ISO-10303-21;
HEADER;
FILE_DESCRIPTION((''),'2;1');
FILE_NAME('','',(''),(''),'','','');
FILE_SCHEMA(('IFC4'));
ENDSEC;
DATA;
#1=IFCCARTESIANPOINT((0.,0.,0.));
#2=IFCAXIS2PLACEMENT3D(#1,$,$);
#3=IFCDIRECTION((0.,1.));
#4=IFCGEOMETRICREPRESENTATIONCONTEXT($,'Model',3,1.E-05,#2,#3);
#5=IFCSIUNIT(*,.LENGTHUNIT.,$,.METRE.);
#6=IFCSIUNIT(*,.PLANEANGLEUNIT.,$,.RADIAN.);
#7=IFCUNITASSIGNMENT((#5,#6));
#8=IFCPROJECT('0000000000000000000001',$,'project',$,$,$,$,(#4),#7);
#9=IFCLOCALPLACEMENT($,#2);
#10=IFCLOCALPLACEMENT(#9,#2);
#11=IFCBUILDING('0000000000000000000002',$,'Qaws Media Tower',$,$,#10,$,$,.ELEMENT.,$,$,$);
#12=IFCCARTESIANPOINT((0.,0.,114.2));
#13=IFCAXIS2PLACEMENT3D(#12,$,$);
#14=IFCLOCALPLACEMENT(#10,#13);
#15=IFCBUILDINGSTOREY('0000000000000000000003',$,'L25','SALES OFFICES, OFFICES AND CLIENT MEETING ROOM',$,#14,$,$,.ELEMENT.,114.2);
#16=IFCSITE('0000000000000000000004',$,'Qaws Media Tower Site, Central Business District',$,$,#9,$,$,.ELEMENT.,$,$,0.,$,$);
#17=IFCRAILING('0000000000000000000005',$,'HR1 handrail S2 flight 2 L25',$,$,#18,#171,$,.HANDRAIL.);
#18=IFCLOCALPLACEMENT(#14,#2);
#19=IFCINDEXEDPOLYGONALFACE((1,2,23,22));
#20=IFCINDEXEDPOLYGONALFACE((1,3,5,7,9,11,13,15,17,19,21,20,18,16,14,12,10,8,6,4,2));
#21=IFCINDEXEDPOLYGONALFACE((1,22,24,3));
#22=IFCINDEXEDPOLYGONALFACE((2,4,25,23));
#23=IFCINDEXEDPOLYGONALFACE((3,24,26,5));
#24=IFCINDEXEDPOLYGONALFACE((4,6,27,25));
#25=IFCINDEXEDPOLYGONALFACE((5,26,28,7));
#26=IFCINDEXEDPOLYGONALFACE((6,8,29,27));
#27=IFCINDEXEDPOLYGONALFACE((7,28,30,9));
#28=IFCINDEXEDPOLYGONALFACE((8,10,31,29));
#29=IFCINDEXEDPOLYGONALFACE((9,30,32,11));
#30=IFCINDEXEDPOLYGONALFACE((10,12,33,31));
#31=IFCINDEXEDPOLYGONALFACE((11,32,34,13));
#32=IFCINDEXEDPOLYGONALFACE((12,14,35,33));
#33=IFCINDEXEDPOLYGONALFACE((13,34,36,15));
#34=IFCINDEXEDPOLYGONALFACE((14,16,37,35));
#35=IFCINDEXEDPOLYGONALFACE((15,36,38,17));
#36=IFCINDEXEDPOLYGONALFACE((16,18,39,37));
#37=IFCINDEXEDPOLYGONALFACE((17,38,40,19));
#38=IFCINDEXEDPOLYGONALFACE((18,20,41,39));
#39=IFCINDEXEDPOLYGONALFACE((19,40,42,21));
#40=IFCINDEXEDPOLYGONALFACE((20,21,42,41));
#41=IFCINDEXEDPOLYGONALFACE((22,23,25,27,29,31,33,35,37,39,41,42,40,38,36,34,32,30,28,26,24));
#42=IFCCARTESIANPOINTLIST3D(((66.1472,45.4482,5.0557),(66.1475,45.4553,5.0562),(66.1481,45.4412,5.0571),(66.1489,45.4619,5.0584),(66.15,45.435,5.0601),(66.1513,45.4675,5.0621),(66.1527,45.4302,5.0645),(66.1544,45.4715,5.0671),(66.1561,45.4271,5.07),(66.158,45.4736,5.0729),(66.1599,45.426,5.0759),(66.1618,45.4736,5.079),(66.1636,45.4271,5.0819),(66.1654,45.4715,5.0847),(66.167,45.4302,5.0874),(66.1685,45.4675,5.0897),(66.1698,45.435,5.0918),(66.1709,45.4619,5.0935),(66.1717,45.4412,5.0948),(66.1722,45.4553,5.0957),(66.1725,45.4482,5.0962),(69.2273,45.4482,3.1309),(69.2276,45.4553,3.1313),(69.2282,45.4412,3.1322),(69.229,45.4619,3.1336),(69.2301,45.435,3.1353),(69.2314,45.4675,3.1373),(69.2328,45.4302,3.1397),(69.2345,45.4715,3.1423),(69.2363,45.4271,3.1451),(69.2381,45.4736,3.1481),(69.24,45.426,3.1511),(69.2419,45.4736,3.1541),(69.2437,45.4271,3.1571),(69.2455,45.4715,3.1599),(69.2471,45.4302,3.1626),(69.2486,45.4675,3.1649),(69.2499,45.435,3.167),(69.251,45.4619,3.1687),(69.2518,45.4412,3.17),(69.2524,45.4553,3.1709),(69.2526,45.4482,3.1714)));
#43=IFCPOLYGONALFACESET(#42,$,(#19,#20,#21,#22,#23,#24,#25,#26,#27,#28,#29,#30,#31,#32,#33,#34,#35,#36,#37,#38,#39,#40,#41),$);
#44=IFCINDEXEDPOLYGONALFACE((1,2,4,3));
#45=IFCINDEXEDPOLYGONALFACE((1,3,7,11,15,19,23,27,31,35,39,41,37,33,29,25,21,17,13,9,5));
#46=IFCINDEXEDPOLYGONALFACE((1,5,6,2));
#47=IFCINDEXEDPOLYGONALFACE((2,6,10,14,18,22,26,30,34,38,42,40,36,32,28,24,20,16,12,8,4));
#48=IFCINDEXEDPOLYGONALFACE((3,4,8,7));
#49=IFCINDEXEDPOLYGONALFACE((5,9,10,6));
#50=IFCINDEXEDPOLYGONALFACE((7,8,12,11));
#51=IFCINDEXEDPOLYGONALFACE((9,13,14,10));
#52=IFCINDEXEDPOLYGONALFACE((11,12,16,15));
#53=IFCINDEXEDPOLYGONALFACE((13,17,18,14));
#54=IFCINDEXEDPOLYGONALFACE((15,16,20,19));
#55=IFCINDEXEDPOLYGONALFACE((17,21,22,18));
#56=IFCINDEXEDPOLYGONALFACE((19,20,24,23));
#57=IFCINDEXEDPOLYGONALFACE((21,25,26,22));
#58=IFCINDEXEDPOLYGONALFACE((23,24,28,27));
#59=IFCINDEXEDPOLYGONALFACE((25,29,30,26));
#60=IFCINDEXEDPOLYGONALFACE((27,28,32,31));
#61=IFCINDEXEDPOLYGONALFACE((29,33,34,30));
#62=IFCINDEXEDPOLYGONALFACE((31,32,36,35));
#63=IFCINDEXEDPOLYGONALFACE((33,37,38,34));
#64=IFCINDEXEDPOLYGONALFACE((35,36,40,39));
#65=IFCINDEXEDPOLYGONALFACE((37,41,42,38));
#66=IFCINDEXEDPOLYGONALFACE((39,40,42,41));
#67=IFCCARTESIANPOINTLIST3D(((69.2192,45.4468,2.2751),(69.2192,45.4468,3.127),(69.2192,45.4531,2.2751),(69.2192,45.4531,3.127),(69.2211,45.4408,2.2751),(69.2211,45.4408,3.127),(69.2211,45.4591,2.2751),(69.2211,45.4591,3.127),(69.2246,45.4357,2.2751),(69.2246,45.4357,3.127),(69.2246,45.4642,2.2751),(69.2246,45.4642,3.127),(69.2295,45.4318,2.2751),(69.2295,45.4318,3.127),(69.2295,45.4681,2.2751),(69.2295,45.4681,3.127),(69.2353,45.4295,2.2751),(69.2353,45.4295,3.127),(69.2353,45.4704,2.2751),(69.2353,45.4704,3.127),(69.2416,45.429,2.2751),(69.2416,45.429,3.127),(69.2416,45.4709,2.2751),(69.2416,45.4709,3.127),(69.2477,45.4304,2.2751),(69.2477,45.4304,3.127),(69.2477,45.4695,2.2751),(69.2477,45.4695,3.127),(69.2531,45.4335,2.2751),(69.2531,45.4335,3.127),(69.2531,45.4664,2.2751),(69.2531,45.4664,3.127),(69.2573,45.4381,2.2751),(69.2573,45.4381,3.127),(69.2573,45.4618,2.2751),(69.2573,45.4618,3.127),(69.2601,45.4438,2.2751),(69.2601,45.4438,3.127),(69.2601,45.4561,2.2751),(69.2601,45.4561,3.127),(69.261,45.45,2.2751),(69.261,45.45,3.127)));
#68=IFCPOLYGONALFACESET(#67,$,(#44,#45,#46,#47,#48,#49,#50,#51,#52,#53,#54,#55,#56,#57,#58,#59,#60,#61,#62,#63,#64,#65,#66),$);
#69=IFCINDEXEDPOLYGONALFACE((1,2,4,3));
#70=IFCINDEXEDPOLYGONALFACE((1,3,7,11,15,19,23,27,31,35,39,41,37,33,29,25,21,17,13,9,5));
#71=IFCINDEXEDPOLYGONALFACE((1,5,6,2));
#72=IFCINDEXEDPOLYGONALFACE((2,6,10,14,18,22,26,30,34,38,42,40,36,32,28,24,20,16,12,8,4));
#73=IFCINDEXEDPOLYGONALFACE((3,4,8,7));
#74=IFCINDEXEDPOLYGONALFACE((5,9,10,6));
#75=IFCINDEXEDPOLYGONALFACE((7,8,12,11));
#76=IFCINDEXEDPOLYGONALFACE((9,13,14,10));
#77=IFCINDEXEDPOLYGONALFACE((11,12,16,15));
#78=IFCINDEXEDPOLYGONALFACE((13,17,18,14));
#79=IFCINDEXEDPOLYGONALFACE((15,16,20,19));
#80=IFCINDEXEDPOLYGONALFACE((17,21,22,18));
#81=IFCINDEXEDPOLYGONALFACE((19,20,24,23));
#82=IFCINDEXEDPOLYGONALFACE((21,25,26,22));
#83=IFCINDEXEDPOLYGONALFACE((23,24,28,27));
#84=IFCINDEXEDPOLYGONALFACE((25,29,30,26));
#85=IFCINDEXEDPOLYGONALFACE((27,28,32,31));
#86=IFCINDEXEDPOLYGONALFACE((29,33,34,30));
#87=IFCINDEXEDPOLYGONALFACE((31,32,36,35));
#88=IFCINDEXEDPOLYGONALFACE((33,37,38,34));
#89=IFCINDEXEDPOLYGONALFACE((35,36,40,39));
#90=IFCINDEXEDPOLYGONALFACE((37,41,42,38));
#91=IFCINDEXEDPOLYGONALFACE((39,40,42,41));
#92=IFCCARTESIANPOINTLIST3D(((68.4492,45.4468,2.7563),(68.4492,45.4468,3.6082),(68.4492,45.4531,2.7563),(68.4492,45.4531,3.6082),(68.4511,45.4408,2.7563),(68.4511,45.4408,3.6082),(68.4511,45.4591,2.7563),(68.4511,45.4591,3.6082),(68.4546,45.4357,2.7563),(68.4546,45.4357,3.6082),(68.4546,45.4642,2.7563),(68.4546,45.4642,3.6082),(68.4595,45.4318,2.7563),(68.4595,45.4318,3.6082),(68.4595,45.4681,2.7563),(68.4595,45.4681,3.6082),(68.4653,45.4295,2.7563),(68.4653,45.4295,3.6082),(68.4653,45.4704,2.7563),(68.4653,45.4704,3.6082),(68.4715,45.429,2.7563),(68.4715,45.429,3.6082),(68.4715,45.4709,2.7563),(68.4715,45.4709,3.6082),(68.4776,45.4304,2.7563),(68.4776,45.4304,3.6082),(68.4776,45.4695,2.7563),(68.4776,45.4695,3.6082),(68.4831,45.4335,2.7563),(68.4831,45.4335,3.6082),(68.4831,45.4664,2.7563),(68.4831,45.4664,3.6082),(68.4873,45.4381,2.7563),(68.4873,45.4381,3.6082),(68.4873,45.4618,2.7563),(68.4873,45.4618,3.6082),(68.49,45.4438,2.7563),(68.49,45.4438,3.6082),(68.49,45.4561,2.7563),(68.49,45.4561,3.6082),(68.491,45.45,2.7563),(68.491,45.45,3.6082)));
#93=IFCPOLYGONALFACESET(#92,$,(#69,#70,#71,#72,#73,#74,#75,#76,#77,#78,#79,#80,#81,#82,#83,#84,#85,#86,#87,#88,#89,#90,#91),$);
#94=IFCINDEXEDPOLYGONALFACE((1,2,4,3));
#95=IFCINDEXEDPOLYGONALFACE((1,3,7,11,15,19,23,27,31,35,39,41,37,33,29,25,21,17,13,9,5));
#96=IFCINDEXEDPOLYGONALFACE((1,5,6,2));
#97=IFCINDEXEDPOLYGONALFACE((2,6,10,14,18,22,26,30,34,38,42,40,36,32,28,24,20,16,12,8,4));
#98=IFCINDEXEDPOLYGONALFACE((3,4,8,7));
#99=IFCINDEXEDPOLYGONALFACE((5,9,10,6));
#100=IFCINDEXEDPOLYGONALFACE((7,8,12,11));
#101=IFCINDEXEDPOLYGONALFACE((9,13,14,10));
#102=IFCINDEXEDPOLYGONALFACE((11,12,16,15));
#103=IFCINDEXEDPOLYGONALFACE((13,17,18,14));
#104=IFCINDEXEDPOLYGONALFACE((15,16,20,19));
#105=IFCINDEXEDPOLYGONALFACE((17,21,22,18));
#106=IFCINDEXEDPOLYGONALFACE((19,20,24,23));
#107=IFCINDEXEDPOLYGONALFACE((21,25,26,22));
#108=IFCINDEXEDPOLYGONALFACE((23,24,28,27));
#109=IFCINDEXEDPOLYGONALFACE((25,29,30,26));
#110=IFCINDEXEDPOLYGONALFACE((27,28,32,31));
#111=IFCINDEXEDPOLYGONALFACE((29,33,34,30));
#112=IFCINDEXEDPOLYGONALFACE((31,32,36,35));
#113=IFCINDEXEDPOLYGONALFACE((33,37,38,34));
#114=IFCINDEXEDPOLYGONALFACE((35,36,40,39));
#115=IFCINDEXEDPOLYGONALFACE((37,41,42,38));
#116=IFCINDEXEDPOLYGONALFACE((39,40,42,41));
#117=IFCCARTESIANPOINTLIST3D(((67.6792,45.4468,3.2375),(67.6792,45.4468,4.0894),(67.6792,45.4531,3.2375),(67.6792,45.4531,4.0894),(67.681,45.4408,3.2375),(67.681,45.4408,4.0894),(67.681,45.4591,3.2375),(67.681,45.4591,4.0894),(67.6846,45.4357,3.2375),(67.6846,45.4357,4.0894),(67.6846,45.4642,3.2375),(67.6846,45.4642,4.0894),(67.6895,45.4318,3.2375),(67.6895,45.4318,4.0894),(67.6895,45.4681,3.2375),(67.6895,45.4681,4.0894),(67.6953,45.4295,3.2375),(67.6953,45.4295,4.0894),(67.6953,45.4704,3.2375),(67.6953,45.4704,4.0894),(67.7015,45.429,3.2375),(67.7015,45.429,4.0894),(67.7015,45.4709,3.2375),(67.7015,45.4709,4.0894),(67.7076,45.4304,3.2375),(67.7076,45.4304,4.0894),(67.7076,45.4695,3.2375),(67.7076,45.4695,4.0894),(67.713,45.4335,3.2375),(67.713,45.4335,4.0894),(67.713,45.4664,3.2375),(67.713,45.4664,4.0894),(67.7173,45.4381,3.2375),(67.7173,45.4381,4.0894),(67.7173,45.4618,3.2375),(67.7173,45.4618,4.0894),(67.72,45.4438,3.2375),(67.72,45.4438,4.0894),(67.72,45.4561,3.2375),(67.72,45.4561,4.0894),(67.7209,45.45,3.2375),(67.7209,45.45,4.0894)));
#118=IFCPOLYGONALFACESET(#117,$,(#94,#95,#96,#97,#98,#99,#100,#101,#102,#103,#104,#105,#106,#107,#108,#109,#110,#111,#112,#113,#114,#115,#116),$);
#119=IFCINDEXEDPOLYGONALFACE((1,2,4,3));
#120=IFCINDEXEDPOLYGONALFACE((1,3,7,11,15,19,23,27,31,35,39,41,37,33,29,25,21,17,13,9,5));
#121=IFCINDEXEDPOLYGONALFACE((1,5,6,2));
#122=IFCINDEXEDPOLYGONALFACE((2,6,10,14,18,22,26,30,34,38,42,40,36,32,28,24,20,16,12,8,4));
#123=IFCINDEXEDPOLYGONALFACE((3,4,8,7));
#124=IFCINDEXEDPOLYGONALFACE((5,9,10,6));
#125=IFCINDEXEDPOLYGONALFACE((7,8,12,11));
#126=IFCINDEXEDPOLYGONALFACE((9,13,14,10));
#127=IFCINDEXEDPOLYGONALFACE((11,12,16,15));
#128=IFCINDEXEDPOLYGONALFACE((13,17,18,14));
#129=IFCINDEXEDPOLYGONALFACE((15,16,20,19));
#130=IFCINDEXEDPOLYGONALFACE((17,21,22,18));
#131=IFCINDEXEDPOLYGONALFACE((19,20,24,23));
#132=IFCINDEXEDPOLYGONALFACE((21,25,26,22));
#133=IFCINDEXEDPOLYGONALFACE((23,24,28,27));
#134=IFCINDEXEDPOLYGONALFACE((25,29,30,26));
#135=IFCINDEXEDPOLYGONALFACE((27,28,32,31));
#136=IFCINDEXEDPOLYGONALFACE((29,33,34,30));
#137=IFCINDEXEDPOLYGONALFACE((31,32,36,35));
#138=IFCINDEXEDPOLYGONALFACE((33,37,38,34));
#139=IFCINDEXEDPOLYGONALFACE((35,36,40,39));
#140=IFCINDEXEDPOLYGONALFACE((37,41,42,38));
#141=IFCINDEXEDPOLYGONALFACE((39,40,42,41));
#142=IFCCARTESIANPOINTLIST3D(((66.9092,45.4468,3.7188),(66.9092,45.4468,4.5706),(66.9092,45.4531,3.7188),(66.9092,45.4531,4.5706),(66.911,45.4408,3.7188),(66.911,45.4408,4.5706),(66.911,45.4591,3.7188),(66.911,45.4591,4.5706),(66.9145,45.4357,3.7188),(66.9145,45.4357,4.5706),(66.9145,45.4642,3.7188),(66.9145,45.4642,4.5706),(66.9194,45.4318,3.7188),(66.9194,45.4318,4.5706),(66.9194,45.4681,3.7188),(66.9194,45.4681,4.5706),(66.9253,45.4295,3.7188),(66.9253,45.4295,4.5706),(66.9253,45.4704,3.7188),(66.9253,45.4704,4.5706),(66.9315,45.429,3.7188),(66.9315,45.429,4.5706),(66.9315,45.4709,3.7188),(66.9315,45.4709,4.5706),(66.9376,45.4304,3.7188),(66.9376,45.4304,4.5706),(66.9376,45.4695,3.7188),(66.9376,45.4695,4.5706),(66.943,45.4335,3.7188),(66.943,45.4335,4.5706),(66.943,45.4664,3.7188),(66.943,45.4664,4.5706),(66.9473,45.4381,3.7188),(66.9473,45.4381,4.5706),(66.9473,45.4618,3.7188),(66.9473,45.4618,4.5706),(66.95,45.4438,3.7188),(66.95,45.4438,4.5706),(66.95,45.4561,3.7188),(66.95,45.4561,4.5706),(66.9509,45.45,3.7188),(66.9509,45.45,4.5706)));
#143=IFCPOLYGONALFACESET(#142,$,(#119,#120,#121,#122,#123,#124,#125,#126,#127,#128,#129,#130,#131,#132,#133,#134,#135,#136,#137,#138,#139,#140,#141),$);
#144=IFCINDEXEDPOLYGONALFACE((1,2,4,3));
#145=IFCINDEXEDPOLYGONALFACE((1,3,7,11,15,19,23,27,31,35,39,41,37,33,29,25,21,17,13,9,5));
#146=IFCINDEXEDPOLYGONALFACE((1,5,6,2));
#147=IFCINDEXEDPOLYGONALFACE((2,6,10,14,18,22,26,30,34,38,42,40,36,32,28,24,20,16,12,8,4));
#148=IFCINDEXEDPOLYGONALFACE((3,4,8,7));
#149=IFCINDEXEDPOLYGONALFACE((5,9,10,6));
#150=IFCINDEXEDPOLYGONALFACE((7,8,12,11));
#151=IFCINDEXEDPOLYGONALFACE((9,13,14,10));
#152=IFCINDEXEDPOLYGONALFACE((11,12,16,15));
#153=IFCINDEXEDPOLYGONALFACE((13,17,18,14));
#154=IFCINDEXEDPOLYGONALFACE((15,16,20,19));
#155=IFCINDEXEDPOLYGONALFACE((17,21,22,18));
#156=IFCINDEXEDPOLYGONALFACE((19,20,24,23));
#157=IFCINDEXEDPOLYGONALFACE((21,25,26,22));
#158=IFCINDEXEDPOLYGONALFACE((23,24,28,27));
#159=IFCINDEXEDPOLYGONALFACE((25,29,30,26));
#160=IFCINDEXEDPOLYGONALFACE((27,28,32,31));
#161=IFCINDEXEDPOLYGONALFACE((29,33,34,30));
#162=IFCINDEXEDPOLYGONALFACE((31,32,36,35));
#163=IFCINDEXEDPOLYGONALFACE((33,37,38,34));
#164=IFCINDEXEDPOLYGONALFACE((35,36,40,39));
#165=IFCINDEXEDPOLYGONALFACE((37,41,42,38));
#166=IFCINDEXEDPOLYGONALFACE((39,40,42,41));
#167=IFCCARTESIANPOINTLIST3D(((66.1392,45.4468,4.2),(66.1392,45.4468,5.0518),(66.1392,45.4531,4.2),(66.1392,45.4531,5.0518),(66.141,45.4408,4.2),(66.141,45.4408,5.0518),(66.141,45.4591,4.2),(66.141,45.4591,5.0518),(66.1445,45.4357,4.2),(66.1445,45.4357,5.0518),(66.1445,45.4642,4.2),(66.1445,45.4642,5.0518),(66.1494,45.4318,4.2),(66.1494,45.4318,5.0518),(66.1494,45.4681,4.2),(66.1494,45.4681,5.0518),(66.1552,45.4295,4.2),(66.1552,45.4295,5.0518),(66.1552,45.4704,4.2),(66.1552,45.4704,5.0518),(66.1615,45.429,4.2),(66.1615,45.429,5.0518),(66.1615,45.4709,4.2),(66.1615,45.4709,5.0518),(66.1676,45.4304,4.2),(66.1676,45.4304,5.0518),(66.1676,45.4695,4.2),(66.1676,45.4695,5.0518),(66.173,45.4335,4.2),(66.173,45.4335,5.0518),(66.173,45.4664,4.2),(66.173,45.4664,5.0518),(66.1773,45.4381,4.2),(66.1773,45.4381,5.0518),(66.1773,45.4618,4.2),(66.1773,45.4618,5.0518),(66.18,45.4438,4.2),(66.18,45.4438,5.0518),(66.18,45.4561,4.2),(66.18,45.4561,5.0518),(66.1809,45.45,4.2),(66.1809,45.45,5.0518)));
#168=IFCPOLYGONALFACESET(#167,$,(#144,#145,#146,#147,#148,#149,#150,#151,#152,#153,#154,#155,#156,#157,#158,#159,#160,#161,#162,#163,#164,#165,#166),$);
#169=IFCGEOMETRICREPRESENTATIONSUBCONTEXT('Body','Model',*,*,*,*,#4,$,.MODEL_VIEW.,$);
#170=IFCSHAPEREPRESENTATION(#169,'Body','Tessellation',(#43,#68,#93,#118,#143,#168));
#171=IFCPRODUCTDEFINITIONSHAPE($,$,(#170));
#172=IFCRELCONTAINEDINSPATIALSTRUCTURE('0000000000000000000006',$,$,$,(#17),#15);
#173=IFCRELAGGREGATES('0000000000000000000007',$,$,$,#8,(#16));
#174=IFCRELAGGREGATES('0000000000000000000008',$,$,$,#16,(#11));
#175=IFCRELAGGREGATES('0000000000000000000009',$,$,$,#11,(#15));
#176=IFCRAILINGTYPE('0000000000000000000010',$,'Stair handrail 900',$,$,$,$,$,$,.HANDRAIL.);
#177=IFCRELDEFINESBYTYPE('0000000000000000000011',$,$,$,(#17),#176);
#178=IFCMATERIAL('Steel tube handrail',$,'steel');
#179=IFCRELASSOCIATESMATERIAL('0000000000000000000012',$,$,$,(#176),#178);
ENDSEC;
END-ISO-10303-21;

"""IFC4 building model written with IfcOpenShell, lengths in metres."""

from ifc_helpers import new_model, si_unit, direction, frame, origin, origin_2d, place, context, subcontext, project, spatial, circle, extrude, material, type_object, element, save


model = new_model("IFC4")

# Units and contexts
model_context = context("Model", 3, precision=1e-05, world=origin(), true_north=direction((0.0, 1.0)))
body_context = subcontext(model_context, "Body", "Model", "MODEL_VIEW")
ifc_project = project(units=[si_unit("LENGTHUNIT", "METRE"), si_unit("PLANEANGLEUNIT", "RADIAN")], contexts=[model_context])

# Site, building, storey
site_placement = place(None, origin())
site = spatial("IfcSite", under=ifc_project, at=site_placement, Name="Qaws Media Tower Site, Central Business District", CompositionType="ELEMENT", RefElevation=0.0)
building_placement = place(site_placement, origin())
building = spatial("IfcBuilding", under=site, at=building_placement, Name="Qaws Media Tower", CompositionType="ELEMENT")
storey_placement = place(building_placement, frame((0.0, 0.0, 114.2)))
storey = spatial("IfcBuildingStorey", under=building, at=storey_placement, Name="L25", Description="SALES OFFICES, OFFICES AND CLIENT MEETING ROOM", CompositionType="ELEMENT", Elevation=114.2)

# Railing
ifc_material_1 = material(Name="Steel tube handrail", Category="steel")
railing_type = type_object("IfcRailingType", Name="Stair handrail 900", PredefinedType="HANDRAIL", material=ifc_material_1)
for number, where, name in (
    (1, (69.24, 45.45, 2.2751), "HR1 handrail S2 flight 2 L25"),
):
    element("IfcRailing", number, at=place(storey_placement, frame(where)), inside=storey, type_object=railing_type, Name=name, PredefinedType="HANDRAIL", context=body_context, shape_type="SweptSolid", body=[
        extrude(circle(Radius=0.0239, at=origin_2d()), frame((0.0, 0.0, 0.876), z_axis=(-0.848029, 0.0, 0.529951), x_axis=(0.0, -1.0, 0.0)), (0.0, 0.0, 1.0), 3.6321),
        extrude(circle(Radius=0.021, at=origin_2d()), origin(), (0.0, 0.0, 1.0), 0.8518),
        extrude(circle(Radius=0.021, at=origin_2d()), frame((-0.77, 0.0, 0.4812)), (0.0, 0.0, 1.0), 0.8518),
        extrude(circle(Radius=0.021, at=origin_2d()), frame((-1.54, 0.0, 0.9624)), (0.0, 0.0, 1.0), 0.8518),
        extrude(circle(Radius=0.021, at=origin_2d()), frame((-2.3101, 0.0, 1.4436)), (0.0, 0.0, 1.0), 0.8518),
        extrude(circle(Radius=0.021, at=origin_2d()), frame((-3.0801, 0.0, 1.9248)), (0.0, 0.0, 1.0), 0.8518),
    ])

save(model, "model.ifc")
